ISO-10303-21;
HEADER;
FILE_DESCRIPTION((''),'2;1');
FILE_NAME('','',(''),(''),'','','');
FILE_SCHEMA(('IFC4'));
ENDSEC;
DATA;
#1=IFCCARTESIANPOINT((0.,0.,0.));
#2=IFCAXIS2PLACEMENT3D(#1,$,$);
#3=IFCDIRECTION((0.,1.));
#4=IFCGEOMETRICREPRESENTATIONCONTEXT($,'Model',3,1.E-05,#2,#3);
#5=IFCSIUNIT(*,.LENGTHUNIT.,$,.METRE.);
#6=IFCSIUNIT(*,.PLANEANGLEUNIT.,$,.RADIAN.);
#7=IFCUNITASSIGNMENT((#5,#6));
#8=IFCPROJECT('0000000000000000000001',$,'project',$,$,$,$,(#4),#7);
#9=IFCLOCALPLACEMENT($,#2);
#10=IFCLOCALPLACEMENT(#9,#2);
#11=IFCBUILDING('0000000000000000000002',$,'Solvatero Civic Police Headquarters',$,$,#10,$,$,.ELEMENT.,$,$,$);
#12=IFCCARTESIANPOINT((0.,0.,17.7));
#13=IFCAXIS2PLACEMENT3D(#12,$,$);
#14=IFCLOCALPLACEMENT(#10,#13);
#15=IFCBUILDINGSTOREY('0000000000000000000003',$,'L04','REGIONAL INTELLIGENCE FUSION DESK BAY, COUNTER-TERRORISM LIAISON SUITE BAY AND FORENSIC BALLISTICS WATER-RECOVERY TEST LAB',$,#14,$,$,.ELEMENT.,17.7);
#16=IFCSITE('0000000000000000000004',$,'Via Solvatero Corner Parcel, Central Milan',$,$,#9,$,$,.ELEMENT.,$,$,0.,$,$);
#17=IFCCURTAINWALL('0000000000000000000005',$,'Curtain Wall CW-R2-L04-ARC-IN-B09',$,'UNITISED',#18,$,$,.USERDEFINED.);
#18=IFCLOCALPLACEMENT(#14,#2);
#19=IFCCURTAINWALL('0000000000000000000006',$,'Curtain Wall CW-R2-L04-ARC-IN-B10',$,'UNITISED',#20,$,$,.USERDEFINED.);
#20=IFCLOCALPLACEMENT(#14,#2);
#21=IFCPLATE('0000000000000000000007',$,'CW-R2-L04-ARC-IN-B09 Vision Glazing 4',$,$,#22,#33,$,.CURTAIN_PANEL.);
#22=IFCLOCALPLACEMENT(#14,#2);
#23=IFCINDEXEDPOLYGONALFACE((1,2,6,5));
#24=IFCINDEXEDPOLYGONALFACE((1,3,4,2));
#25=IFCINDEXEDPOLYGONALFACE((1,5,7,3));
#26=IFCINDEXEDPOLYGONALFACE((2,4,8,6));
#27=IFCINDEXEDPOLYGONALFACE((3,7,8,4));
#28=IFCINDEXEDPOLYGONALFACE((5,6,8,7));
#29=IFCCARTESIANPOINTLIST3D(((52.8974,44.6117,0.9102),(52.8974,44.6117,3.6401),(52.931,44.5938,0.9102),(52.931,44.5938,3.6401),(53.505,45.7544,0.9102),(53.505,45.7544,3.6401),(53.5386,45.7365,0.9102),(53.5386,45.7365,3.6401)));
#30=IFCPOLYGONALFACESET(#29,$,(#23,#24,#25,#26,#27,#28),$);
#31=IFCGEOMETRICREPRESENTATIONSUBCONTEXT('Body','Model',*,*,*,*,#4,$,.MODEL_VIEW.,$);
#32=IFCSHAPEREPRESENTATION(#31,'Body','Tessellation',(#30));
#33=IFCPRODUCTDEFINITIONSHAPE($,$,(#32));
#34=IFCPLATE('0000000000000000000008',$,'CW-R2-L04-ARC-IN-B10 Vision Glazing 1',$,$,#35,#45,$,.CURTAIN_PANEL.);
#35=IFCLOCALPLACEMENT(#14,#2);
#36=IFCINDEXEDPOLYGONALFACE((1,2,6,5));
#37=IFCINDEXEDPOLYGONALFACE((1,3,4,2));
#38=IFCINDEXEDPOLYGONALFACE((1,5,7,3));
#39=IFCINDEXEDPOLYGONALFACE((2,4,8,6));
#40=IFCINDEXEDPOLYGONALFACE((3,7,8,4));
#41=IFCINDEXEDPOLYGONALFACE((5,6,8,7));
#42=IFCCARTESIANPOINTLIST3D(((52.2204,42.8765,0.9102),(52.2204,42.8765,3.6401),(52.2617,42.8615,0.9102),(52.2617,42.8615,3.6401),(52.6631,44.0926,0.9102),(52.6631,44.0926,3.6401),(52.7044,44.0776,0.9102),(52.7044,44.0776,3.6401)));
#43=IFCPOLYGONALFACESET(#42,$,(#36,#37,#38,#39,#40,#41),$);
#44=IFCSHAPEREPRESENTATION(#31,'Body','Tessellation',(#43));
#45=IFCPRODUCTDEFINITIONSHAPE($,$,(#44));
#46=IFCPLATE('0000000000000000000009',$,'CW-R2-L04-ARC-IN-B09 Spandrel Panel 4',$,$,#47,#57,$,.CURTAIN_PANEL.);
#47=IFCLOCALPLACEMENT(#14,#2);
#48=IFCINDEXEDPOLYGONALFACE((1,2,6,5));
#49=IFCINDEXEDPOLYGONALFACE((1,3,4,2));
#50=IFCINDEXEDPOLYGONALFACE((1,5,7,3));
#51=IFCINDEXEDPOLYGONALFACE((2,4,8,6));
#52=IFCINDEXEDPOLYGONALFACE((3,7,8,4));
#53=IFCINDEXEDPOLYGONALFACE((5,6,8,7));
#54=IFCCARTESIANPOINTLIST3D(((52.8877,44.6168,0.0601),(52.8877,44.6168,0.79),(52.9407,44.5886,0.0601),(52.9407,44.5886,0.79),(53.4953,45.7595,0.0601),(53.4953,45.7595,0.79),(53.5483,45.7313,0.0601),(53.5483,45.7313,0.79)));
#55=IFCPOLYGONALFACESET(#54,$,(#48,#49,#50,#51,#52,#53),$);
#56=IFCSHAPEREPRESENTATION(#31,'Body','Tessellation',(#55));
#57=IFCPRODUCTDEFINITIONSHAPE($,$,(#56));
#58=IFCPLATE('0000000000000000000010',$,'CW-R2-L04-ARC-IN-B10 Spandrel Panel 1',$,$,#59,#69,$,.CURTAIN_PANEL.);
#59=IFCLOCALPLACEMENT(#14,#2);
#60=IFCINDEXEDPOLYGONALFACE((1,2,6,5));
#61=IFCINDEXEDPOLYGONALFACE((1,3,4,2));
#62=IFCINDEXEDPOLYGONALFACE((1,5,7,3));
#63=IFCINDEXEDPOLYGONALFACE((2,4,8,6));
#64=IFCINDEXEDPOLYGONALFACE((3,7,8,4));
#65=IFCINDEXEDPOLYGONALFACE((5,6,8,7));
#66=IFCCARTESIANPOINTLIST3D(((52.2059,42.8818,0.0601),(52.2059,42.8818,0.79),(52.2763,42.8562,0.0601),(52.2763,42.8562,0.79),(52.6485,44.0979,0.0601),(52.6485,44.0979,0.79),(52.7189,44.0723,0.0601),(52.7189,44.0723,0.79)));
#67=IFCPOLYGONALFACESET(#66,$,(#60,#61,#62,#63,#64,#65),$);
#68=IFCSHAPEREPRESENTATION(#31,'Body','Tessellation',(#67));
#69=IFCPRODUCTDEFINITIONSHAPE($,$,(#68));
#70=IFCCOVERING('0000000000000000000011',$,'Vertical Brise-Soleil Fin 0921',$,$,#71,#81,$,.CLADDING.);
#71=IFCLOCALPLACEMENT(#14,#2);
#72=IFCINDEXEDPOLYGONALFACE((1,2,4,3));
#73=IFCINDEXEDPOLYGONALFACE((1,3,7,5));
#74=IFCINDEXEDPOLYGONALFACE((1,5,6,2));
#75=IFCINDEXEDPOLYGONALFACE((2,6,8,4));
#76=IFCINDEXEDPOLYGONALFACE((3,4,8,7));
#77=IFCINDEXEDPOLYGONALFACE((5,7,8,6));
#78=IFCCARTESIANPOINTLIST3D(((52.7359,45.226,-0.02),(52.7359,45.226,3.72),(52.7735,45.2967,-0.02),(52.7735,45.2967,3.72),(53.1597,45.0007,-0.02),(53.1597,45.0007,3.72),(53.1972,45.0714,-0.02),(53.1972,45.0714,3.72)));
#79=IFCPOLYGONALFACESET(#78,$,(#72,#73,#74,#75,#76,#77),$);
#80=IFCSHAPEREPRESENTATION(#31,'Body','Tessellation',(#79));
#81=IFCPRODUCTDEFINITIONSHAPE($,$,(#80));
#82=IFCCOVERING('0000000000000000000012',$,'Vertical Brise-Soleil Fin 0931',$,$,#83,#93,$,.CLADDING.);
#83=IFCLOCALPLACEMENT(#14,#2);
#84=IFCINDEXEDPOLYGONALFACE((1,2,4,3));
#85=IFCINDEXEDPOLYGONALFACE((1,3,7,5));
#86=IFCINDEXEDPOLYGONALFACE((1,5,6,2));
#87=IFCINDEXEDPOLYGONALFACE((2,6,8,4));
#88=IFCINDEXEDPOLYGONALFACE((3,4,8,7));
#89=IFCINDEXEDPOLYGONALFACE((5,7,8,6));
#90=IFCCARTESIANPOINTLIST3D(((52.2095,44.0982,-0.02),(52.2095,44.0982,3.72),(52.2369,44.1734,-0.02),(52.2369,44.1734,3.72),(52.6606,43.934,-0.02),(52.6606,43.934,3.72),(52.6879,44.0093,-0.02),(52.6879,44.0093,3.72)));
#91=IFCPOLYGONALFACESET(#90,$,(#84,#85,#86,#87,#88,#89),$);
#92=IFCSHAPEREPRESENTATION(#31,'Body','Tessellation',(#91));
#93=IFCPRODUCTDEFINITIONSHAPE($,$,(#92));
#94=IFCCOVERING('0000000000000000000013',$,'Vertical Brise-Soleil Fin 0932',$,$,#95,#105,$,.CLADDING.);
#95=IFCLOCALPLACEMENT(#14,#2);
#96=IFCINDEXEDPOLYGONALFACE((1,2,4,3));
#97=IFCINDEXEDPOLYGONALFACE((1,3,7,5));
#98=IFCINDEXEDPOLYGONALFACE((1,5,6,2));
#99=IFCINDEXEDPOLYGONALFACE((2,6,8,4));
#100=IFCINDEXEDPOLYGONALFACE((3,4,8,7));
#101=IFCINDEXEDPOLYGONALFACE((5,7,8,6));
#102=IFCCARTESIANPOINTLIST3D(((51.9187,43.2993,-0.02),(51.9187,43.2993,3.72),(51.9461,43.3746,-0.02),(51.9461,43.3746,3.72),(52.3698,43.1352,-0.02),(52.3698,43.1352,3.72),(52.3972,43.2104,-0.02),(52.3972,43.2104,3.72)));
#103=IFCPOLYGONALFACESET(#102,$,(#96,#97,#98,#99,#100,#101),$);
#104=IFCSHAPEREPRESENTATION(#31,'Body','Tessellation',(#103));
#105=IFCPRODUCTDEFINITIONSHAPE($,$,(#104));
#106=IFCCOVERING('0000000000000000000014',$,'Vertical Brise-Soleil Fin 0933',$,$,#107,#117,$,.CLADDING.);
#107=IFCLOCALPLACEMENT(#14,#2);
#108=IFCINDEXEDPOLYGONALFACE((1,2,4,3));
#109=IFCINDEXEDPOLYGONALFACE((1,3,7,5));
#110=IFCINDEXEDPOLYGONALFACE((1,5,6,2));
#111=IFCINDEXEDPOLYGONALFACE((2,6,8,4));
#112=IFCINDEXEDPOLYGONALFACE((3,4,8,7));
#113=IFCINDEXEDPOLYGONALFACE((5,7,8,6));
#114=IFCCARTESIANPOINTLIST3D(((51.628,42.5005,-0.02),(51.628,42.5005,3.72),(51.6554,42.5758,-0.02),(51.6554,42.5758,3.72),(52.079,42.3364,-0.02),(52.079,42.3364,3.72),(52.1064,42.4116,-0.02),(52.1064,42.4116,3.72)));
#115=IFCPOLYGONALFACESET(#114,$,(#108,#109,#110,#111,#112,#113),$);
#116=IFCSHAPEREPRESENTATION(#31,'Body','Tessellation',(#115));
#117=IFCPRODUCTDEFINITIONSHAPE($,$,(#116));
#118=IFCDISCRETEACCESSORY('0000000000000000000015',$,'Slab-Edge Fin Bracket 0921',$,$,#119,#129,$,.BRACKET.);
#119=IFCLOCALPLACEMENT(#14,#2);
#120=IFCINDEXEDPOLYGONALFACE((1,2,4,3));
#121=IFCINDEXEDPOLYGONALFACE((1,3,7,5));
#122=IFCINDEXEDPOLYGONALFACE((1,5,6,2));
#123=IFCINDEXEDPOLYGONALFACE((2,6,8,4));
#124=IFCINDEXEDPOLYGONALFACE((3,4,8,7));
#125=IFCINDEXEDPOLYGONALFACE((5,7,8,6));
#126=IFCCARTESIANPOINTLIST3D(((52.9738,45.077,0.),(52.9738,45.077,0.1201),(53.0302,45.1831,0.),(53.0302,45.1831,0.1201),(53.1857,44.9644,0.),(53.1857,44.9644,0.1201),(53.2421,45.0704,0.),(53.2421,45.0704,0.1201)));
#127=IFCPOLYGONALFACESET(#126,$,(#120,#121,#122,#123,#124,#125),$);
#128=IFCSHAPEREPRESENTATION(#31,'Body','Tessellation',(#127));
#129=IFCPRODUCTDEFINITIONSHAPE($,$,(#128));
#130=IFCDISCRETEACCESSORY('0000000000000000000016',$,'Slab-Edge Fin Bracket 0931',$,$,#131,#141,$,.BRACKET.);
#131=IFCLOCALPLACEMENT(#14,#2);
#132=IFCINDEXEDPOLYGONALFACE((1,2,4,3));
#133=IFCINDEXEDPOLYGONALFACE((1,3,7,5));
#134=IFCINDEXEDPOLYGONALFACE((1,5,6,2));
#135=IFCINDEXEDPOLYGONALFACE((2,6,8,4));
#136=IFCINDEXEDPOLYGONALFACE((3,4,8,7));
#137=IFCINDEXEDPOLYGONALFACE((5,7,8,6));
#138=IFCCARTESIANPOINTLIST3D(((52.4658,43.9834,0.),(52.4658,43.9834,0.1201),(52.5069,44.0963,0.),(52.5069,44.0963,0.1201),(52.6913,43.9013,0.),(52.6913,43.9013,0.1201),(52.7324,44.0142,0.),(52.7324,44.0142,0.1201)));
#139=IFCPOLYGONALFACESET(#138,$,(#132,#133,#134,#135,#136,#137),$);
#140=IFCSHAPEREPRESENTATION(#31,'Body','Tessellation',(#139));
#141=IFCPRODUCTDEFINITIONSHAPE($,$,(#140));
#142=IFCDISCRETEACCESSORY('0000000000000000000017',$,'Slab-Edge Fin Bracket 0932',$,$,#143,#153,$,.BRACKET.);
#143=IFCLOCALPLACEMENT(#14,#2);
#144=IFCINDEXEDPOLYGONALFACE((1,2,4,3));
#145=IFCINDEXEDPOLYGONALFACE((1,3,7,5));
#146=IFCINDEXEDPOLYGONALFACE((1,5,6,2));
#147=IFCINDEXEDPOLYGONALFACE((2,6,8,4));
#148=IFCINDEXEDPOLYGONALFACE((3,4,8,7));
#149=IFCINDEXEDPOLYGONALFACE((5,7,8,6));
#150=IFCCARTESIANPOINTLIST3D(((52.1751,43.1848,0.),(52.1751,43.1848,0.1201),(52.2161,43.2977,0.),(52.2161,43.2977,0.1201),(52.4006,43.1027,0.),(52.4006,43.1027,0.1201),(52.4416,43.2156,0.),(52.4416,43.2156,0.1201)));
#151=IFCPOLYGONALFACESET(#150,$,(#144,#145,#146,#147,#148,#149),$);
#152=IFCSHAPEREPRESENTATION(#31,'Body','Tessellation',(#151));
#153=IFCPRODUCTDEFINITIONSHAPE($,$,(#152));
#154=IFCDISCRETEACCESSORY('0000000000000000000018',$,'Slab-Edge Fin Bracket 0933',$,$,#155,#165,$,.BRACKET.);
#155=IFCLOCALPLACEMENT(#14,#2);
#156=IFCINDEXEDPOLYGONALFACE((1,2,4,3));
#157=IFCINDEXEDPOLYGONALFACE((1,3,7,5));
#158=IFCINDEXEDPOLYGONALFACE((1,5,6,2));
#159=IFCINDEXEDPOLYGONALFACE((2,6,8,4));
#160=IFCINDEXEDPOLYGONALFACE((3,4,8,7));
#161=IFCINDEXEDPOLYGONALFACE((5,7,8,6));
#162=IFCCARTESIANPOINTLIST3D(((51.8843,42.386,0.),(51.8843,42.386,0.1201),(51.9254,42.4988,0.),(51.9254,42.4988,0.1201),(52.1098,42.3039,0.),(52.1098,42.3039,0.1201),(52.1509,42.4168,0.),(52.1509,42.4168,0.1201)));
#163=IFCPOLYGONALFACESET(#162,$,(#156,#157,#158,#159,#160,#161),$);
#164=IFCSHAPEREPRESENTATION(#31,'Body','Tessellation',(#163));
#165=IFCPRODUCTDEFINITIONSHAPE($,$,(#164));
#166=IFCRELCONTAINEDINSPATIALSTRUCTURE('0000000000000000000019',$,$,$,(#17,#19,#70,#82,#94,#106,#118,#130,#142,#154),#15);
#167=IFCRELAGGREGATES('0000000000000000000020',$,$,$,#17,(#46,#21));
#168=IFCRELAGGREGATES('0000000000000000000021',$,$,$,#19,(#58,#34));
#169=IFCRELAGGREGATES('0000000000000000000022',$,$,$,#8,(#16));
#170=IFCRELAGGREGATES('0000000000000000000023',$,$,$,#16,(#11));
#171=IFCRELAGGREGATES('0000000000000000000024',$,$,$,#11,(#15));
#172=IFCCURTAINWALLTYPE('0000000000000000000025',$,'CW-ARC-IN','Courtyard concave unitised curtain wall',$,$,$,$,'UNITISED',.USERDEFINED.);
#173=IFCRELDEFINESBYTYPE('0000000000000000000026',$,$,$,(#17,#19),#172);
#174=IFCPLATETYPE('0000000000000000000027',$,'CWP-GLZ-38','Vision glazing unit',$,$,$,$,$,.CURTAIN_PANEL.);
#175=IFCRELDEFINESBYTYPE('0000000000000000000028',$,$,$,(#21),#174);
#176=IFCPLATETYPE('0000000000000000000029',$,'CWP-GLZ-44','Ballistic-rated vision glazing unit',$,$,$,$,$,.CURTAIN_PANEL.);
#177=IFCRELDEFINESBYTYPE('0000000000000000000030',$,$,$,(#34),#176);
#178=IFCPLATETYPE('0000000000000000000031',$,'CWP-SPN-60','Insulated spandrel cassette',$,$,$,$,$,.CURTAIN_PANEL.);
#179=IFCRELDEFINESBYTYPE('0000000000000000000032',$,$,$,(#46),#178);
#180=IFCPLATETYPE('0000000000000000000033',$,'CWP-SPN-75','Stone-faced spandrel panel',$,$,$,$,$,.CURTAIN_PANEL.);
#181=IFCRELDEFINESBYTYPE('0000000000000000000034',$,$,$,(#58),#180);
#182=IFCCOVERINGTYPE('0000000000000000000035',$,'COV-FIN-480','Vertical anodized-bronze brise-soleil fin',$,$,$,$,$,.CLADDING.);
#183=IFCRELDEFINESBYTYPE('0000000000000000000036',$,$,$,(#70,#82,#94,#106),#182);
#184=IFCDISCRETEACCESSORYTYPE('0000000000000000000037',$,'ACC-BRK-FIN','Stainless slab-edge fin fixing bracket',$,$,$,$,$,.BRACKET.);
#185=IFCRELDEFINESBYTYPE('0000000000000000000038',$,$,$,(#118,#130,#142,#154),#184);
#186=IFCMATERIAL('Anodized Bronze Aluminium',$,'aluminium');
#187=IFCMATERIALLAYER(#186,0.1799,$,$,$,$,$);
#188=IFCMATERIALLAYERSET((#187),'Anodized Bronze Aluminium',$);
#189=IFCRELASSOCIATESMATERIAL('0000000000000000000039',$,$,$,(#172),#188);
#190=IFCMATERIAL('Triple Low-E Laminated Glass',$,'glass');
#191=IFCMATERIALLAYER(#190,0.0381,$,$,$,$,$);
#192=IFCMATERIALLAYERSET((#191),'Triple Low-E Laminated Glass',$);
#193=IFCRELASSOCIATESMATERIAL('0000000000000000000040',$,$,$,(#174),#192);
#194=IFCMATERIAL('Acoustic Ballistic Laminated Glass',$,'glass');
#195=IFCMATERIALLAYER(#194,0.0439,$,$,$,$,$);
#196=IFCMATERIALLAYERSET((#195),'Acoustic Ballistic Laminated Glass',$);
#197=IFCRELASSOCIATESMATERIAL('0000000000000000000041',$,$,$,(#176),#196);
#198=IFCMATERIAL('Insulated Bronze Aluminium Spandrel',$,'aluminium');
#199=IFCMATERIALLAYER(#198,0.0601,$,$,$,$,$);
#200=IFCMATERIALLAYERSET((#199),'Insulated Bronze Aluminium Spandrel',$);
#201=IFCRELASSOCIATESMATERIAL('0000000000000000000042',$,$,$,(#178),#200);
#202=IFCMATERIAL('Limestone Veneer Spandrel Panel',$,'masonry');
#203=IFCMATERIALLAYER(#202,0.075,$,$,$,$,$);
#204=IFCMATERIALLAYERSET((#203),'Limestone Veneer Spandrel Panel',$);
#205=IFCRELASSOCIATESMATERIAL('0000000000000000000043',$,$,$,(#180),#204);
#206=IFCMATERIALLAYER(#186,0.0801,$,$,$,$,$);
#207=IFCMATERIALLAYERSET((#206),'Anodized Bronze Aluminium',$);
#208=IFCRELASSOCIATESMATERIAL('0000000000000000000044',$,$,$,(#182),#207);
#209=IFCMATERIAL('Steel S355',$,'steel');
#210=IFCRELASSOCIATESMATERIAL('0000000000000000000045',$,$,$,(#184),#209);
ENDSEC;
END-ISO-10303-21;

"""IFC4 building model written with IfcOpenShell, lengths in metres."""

from ifc_helpers import new_model, si_unit, direction, frame, origin, origin_2d, place, context, subcontext, project, spatial, rectangle, extrude, material, layer, layer_set, type_object, element, aggregate, save


model = new_model("IFC4")

# Units and contexts
model_context = context("Model", 3, precision=1e-05, world=origin(), true_north=direction((0.0, 1.0)))
body_context = subcontext(model_context, "Body", "Model", "MODEL_VIEW")
ifc_project = project(units=[si_unit("LENGTHUNIT", "METRE"), si_unit("PLANEANGLEUNIT", "RADIAN")], contexts=[model_context])

# Site, building, storey
site_placement = place(None, origin())
site = spatial("IfcSite", under=ifc_project, at=site_placement, Name="Via Solvatero Corner Parcel, Central Milan", CompositionType="ELEMENT", RefElevation=0.0)
building_placement = place(site_placement, origin())
building = spatial("IfcBuilding", under=site, at=building_placement, Name="Solvatero Civic Police Headquarters", CompositionType="ELEMENT")
storey_placement = place(building_placement, frame((0.0, 0.0, 17.7)))
storey = spatial("IfcBuildingStorey", under=building, at=storey_placement, Name="L04", Description="REGIONAL INTELLIGENCE FUSION DESK BAY, COUNTER-TERRORISM LIAISON SUITE BAY AND FORENSIC BALLISTICS WATER-RECOVERY TEST LAB", CompositionType="ELEMENT", Elevation=17.7)

# Shared definitions
ifc_material_1 = material(Name="Steel S355", Category="steel")

# Curtain wall
ifc_material_2 = material(Name="Anodized Bronze Aluminium", Category="aluminium")
ifc_layer_1 = layer(ifc_material_2, 0.1799)
ifc_layer_set_1 = layer_set([ifc_layer_1], Name="Anodized Bronze Aluminium")
curtain_wall_type = type_object("IfcCurtainWallType", Name="CW-ARC-IN", Description="Courtyard concave unitised curtain wall", ElementType="UNITISED", PredefinedType="USERDEFINED", material=ifc_layer_set_1)
curtain_wall_1_placement = place(storey_placement, origin())
curtain_wall_1 = element("IfcCurtainWall", 1, at=curtain_wall_1_placement, inside=storey, type_object=curtain_wall_type, Name="Curtain Wall CW-R2-L04-ARC-IN-B09", ObjectType="UNITISED", PredefinedType="USERDEFINED")

# Curtain wall
curtain_wall_2_placement = place(storey_placement, origin())
curtain_wall_2 = element("IfcCurtainWall", 2, at=curtain_wall_2_placement, inside=storey, type_object=curtain_wall_type, Name="Curtain Wall CW-R2-L04-ARC-IN-B10", ObjectType="UNITISED", PredefinedType="USERDEFINED")

# Plates
ifc_material_3 = material(Name="Triple Low-E Laminated Glass", Category="glass")
ifc_layer_2 = layer(ifc_material_3, 0.0381)
ifc_layer_set_2 = layer_set([ifc_layer_2], Name="Triple Low-E Laminated Glass")
plate_type_1 = type_object("IfcPlateType", Name="CWP-GLZ-38", Description="Vision glazing unit", PredefinedType="CURTAIN_PANEL", material=ifc_layer_set_2)
plate_1_placement = place(storey_placement, frame((53.218, 45.1741, 0.9102), z_axis=(0.0, 0.0, 1.0), x_axis=(-0.469487, -0.882939, 0.0)))
plate_1 = element("IfcPlate", 3, at=plate_1_placement, type_object=plate_type_1, Name="CW-R2-L04-ARC-IN-B09 Vision Glazing 4", PredefinedType="CURTAIN_PANEL", context=body_context, shape_type="SweptSolid", body=[
    extrude(rectangle(XDim=1.2942, YDim=0.0381, at=origin_2d()), origin(), (0.0, 0.0, 1.0), 2.73),
])
ifc_material_4 = material(Name="Acoustic Ballistic Laminated Glass", Category="glass")
ifc_layer_3 = layer(ifc_material_4, 0.0439)
ifc_layer_set_3 = layer_set([ifc_layer_3], Name="Acoustic Ballistic Laminated Glass")
plate_type_2 = type_object("IfcPlateType", Name="CWP-GLZ-44", Description="Ballistic-rated vision glazing unit", PredefinedType="CURTAIN_PANEL", material=ifc_layer_set_3)
plate_2_placement = place(storey_placement, frame((52.4624, 43.4771, 0.9102), z_axis=(0.0, 0.0, 1.0), x_axis=(-0.342004, -0.939699, 0.0)))
plate_2 = element("IfcPlate", 4, at=plate_2_placement, type_object=plate_type_2, Name="CW-R2-L04-ARC-IN-B10 Vision Glazing 1", PredefinedType="CURTAIN_PANEL", context=body_context, shape_type="SweptSolid", body=[
    extrude(rectangle(XDim=1.2942, YDim=0.0439, at=origin_2d()), origin(), (0.0, 0.0, 1.0), 2.73),
])
ifc_material_5 = material(Name="Insulated Bronze Aluminium Spandrel", Category="aluminium")
ifc_layer_4 = layer(ifc_material_5, 0.0601)
ifc_layer_set_4 = layer_set([ifc_layer_4], Name="Insulated Bronze Aluminium Spandrel")
plate_type_3 = type_object("IfcPlateType", Name="CWP-SPN-60", Description="Insulated spandrel cassette", PredefinedType="CURTAIN_PANEL", material=ifc_layer_set_4)
plate_3_placement = place(storey_placement, frame((53.218, 45.1741, 0.0601), z_axis=(0.0, 0.0, 1.0), x_axis=(-0.469487, -0.882939, 0.0)))
plate_3 = element("IfcPlate", 5, at=plate_3_placement, type_object=plate_type_3, Name="CW-R2-L04-ARC-IN-B09 Spandrel Panel 4", PredefinedType="CURTAIN_PANEL", context=body_context, shape_type="SweptSolid", body=[
    extrude(rectangle(XDim=1.2942, YDim=0.0601, at=origin_2d()), origin(), (0.0, 0.0, 1.0), 0.73),
])
aggregate(curtain_wall_1, [plate_3, plate_1])
ifc_material_6 = material(Name="Limestone Veneer Spandrel Panel", Category="masonry")
ifc_layer_5 = layer(ifc_material_6, 0.075)
ifc_layer_set_5 = layer_set([ifc_layer_5], Name="Limestone Veneer Spandrel Panel")
plate_type_4 = type_object("IfcPlateType", Name="CWP-SPN-75", Description="Stone-faced spandrel panel", PredefinedType="CURTAIN_PANEL", material=ifc_layer_set_5)
plate_4_placement = place(storey_placement, frame((52.4624, 43.4771, 0.0601), z_axis=(0.0, 0.0, 1.0), x_axis=(-0.342004, -0.939699, 0.0)))
plate_4 = element("IfcPlate", 6, at=plate_4_placement, type_object=plate_type_4, Name="CW-R2-L04-ARC-IN-B10 Spandrel Panel 1", PredefinedType="CURTAIN_PANEL", context=body_context, shape_type="SweptSolid", body=[
    extrude(rectangle(XDim=1.2942, YDim=0.075, at=origin_2d()), origin(), (0.0, 0.0, 1.0), 0.73),
])
aggregate(curtain_wall_2, [plate_4, plate_2])

# Coverings
ifc_layer_6 = layer(ifc_material_2, 0.0801)
ifc_layer_set_6 = layer_set([ifc_layer_6], Name="Anodized Bronze Aluminium")
covering_type = type_object("IfcCoveringType", Name="COV-FIN-480", Description="Vertical anodized-bronze brise-soleil fin", PredefinedType="CLADDING", material=ifc_layer_set_6)
for number, where, z_axis, x_axis, name in (
    (7, (52.9666, 45.1487, -0.02), (0.0, 0.0, 1.0), (-0.469487, -0.882939, 0.0), "Vertical Brise-Soleil Fin 0921"),
    (8, (52.4487, 44.0537, -0.02), (0.0, 0.0, 1.0), (-0.342004, -0.939699, 0.0), "Vertical Brise-Soleil Fin 0931"),
    (9, (52.158, 43.2549, -0.02), (0.0, 0.0, 1.0), (-0.342004, -0.939699, 0.0), "Vertical Brise-Soleil Fin 0932"),
    (10, (51.8672, 42.4561, -0.02), (0.0, 0.0, 1.0), (-0.342004, -0.939699, 0.0), "Vertical Brise-Soleil Fin 0933"),
):
    element("IfcCovering", number, at=place(storey_placement, frame(where, z_axis=z_axis, x_axis=x_axis)), inside=storey, type_object=covering_type, Name=name, PredefinedType="CLADDING", context=body_context, shape_type="SweptSolid", body=[
        extrude(rectangle(XDim=0.0801, YDim=0.48, at=origin_2d()), origin(), (0.0, 0.0, 1.0), 3.74),
    ])

# Discrete accessories
discrete_accessory_type = type_object("IfcDiscreteAccessoryType", Name="ACC-BRK-FIN", Description="Stainless slab-edge fin fixing bracket", PredefinedType="BRACKET", material=ifc_material_1)
for number, where, z_axis, x_axis, name in (
    (11, (53.1079, 45.0737, 0.0), (0.0, 0.0, 1.0), (-0.469487, -0.882939, 0.0), "Slab-Edge Fin Bracket 0921"),
    (12, (52.5991, 43.9988, 0.0), (0.0, 0.0, 1.0), (-0.342004, -0.939699, 0.0), "Slab-Edge Fin Bracket 0931"),
    (13, (52.3083, 43.2002, 0.0), (0.0, 0.0, 1.0), (-0.342004, -0.939699, 0.0), "Slab-Edge Fin Bracket 0932"),
    (14, (52.0176, 42.4014, 0.0), (0.0, 0.0, 1.0), (-0.342004, -0.939699, 0.0), "Slab-Edge Fin Bracket 0933"),
):
    element("IfcDiscreteAccessory", number, at=place(storey_placement, frame(where, z_axis=z_axis, x_axis=x_axis)), inside=storey, type_object=discrete_accessory_type, Name=name, PredefinedType="BRACKET", context=body_context, shape_type="SweptSolid", body=[
        extrude(rectangle(XDim=0.1201, YDim=0.24, at=origin_2d()), origin(), (0.0, 0.0, 1.0), 0.1201),
    ])

save(model, "model.ifc")
